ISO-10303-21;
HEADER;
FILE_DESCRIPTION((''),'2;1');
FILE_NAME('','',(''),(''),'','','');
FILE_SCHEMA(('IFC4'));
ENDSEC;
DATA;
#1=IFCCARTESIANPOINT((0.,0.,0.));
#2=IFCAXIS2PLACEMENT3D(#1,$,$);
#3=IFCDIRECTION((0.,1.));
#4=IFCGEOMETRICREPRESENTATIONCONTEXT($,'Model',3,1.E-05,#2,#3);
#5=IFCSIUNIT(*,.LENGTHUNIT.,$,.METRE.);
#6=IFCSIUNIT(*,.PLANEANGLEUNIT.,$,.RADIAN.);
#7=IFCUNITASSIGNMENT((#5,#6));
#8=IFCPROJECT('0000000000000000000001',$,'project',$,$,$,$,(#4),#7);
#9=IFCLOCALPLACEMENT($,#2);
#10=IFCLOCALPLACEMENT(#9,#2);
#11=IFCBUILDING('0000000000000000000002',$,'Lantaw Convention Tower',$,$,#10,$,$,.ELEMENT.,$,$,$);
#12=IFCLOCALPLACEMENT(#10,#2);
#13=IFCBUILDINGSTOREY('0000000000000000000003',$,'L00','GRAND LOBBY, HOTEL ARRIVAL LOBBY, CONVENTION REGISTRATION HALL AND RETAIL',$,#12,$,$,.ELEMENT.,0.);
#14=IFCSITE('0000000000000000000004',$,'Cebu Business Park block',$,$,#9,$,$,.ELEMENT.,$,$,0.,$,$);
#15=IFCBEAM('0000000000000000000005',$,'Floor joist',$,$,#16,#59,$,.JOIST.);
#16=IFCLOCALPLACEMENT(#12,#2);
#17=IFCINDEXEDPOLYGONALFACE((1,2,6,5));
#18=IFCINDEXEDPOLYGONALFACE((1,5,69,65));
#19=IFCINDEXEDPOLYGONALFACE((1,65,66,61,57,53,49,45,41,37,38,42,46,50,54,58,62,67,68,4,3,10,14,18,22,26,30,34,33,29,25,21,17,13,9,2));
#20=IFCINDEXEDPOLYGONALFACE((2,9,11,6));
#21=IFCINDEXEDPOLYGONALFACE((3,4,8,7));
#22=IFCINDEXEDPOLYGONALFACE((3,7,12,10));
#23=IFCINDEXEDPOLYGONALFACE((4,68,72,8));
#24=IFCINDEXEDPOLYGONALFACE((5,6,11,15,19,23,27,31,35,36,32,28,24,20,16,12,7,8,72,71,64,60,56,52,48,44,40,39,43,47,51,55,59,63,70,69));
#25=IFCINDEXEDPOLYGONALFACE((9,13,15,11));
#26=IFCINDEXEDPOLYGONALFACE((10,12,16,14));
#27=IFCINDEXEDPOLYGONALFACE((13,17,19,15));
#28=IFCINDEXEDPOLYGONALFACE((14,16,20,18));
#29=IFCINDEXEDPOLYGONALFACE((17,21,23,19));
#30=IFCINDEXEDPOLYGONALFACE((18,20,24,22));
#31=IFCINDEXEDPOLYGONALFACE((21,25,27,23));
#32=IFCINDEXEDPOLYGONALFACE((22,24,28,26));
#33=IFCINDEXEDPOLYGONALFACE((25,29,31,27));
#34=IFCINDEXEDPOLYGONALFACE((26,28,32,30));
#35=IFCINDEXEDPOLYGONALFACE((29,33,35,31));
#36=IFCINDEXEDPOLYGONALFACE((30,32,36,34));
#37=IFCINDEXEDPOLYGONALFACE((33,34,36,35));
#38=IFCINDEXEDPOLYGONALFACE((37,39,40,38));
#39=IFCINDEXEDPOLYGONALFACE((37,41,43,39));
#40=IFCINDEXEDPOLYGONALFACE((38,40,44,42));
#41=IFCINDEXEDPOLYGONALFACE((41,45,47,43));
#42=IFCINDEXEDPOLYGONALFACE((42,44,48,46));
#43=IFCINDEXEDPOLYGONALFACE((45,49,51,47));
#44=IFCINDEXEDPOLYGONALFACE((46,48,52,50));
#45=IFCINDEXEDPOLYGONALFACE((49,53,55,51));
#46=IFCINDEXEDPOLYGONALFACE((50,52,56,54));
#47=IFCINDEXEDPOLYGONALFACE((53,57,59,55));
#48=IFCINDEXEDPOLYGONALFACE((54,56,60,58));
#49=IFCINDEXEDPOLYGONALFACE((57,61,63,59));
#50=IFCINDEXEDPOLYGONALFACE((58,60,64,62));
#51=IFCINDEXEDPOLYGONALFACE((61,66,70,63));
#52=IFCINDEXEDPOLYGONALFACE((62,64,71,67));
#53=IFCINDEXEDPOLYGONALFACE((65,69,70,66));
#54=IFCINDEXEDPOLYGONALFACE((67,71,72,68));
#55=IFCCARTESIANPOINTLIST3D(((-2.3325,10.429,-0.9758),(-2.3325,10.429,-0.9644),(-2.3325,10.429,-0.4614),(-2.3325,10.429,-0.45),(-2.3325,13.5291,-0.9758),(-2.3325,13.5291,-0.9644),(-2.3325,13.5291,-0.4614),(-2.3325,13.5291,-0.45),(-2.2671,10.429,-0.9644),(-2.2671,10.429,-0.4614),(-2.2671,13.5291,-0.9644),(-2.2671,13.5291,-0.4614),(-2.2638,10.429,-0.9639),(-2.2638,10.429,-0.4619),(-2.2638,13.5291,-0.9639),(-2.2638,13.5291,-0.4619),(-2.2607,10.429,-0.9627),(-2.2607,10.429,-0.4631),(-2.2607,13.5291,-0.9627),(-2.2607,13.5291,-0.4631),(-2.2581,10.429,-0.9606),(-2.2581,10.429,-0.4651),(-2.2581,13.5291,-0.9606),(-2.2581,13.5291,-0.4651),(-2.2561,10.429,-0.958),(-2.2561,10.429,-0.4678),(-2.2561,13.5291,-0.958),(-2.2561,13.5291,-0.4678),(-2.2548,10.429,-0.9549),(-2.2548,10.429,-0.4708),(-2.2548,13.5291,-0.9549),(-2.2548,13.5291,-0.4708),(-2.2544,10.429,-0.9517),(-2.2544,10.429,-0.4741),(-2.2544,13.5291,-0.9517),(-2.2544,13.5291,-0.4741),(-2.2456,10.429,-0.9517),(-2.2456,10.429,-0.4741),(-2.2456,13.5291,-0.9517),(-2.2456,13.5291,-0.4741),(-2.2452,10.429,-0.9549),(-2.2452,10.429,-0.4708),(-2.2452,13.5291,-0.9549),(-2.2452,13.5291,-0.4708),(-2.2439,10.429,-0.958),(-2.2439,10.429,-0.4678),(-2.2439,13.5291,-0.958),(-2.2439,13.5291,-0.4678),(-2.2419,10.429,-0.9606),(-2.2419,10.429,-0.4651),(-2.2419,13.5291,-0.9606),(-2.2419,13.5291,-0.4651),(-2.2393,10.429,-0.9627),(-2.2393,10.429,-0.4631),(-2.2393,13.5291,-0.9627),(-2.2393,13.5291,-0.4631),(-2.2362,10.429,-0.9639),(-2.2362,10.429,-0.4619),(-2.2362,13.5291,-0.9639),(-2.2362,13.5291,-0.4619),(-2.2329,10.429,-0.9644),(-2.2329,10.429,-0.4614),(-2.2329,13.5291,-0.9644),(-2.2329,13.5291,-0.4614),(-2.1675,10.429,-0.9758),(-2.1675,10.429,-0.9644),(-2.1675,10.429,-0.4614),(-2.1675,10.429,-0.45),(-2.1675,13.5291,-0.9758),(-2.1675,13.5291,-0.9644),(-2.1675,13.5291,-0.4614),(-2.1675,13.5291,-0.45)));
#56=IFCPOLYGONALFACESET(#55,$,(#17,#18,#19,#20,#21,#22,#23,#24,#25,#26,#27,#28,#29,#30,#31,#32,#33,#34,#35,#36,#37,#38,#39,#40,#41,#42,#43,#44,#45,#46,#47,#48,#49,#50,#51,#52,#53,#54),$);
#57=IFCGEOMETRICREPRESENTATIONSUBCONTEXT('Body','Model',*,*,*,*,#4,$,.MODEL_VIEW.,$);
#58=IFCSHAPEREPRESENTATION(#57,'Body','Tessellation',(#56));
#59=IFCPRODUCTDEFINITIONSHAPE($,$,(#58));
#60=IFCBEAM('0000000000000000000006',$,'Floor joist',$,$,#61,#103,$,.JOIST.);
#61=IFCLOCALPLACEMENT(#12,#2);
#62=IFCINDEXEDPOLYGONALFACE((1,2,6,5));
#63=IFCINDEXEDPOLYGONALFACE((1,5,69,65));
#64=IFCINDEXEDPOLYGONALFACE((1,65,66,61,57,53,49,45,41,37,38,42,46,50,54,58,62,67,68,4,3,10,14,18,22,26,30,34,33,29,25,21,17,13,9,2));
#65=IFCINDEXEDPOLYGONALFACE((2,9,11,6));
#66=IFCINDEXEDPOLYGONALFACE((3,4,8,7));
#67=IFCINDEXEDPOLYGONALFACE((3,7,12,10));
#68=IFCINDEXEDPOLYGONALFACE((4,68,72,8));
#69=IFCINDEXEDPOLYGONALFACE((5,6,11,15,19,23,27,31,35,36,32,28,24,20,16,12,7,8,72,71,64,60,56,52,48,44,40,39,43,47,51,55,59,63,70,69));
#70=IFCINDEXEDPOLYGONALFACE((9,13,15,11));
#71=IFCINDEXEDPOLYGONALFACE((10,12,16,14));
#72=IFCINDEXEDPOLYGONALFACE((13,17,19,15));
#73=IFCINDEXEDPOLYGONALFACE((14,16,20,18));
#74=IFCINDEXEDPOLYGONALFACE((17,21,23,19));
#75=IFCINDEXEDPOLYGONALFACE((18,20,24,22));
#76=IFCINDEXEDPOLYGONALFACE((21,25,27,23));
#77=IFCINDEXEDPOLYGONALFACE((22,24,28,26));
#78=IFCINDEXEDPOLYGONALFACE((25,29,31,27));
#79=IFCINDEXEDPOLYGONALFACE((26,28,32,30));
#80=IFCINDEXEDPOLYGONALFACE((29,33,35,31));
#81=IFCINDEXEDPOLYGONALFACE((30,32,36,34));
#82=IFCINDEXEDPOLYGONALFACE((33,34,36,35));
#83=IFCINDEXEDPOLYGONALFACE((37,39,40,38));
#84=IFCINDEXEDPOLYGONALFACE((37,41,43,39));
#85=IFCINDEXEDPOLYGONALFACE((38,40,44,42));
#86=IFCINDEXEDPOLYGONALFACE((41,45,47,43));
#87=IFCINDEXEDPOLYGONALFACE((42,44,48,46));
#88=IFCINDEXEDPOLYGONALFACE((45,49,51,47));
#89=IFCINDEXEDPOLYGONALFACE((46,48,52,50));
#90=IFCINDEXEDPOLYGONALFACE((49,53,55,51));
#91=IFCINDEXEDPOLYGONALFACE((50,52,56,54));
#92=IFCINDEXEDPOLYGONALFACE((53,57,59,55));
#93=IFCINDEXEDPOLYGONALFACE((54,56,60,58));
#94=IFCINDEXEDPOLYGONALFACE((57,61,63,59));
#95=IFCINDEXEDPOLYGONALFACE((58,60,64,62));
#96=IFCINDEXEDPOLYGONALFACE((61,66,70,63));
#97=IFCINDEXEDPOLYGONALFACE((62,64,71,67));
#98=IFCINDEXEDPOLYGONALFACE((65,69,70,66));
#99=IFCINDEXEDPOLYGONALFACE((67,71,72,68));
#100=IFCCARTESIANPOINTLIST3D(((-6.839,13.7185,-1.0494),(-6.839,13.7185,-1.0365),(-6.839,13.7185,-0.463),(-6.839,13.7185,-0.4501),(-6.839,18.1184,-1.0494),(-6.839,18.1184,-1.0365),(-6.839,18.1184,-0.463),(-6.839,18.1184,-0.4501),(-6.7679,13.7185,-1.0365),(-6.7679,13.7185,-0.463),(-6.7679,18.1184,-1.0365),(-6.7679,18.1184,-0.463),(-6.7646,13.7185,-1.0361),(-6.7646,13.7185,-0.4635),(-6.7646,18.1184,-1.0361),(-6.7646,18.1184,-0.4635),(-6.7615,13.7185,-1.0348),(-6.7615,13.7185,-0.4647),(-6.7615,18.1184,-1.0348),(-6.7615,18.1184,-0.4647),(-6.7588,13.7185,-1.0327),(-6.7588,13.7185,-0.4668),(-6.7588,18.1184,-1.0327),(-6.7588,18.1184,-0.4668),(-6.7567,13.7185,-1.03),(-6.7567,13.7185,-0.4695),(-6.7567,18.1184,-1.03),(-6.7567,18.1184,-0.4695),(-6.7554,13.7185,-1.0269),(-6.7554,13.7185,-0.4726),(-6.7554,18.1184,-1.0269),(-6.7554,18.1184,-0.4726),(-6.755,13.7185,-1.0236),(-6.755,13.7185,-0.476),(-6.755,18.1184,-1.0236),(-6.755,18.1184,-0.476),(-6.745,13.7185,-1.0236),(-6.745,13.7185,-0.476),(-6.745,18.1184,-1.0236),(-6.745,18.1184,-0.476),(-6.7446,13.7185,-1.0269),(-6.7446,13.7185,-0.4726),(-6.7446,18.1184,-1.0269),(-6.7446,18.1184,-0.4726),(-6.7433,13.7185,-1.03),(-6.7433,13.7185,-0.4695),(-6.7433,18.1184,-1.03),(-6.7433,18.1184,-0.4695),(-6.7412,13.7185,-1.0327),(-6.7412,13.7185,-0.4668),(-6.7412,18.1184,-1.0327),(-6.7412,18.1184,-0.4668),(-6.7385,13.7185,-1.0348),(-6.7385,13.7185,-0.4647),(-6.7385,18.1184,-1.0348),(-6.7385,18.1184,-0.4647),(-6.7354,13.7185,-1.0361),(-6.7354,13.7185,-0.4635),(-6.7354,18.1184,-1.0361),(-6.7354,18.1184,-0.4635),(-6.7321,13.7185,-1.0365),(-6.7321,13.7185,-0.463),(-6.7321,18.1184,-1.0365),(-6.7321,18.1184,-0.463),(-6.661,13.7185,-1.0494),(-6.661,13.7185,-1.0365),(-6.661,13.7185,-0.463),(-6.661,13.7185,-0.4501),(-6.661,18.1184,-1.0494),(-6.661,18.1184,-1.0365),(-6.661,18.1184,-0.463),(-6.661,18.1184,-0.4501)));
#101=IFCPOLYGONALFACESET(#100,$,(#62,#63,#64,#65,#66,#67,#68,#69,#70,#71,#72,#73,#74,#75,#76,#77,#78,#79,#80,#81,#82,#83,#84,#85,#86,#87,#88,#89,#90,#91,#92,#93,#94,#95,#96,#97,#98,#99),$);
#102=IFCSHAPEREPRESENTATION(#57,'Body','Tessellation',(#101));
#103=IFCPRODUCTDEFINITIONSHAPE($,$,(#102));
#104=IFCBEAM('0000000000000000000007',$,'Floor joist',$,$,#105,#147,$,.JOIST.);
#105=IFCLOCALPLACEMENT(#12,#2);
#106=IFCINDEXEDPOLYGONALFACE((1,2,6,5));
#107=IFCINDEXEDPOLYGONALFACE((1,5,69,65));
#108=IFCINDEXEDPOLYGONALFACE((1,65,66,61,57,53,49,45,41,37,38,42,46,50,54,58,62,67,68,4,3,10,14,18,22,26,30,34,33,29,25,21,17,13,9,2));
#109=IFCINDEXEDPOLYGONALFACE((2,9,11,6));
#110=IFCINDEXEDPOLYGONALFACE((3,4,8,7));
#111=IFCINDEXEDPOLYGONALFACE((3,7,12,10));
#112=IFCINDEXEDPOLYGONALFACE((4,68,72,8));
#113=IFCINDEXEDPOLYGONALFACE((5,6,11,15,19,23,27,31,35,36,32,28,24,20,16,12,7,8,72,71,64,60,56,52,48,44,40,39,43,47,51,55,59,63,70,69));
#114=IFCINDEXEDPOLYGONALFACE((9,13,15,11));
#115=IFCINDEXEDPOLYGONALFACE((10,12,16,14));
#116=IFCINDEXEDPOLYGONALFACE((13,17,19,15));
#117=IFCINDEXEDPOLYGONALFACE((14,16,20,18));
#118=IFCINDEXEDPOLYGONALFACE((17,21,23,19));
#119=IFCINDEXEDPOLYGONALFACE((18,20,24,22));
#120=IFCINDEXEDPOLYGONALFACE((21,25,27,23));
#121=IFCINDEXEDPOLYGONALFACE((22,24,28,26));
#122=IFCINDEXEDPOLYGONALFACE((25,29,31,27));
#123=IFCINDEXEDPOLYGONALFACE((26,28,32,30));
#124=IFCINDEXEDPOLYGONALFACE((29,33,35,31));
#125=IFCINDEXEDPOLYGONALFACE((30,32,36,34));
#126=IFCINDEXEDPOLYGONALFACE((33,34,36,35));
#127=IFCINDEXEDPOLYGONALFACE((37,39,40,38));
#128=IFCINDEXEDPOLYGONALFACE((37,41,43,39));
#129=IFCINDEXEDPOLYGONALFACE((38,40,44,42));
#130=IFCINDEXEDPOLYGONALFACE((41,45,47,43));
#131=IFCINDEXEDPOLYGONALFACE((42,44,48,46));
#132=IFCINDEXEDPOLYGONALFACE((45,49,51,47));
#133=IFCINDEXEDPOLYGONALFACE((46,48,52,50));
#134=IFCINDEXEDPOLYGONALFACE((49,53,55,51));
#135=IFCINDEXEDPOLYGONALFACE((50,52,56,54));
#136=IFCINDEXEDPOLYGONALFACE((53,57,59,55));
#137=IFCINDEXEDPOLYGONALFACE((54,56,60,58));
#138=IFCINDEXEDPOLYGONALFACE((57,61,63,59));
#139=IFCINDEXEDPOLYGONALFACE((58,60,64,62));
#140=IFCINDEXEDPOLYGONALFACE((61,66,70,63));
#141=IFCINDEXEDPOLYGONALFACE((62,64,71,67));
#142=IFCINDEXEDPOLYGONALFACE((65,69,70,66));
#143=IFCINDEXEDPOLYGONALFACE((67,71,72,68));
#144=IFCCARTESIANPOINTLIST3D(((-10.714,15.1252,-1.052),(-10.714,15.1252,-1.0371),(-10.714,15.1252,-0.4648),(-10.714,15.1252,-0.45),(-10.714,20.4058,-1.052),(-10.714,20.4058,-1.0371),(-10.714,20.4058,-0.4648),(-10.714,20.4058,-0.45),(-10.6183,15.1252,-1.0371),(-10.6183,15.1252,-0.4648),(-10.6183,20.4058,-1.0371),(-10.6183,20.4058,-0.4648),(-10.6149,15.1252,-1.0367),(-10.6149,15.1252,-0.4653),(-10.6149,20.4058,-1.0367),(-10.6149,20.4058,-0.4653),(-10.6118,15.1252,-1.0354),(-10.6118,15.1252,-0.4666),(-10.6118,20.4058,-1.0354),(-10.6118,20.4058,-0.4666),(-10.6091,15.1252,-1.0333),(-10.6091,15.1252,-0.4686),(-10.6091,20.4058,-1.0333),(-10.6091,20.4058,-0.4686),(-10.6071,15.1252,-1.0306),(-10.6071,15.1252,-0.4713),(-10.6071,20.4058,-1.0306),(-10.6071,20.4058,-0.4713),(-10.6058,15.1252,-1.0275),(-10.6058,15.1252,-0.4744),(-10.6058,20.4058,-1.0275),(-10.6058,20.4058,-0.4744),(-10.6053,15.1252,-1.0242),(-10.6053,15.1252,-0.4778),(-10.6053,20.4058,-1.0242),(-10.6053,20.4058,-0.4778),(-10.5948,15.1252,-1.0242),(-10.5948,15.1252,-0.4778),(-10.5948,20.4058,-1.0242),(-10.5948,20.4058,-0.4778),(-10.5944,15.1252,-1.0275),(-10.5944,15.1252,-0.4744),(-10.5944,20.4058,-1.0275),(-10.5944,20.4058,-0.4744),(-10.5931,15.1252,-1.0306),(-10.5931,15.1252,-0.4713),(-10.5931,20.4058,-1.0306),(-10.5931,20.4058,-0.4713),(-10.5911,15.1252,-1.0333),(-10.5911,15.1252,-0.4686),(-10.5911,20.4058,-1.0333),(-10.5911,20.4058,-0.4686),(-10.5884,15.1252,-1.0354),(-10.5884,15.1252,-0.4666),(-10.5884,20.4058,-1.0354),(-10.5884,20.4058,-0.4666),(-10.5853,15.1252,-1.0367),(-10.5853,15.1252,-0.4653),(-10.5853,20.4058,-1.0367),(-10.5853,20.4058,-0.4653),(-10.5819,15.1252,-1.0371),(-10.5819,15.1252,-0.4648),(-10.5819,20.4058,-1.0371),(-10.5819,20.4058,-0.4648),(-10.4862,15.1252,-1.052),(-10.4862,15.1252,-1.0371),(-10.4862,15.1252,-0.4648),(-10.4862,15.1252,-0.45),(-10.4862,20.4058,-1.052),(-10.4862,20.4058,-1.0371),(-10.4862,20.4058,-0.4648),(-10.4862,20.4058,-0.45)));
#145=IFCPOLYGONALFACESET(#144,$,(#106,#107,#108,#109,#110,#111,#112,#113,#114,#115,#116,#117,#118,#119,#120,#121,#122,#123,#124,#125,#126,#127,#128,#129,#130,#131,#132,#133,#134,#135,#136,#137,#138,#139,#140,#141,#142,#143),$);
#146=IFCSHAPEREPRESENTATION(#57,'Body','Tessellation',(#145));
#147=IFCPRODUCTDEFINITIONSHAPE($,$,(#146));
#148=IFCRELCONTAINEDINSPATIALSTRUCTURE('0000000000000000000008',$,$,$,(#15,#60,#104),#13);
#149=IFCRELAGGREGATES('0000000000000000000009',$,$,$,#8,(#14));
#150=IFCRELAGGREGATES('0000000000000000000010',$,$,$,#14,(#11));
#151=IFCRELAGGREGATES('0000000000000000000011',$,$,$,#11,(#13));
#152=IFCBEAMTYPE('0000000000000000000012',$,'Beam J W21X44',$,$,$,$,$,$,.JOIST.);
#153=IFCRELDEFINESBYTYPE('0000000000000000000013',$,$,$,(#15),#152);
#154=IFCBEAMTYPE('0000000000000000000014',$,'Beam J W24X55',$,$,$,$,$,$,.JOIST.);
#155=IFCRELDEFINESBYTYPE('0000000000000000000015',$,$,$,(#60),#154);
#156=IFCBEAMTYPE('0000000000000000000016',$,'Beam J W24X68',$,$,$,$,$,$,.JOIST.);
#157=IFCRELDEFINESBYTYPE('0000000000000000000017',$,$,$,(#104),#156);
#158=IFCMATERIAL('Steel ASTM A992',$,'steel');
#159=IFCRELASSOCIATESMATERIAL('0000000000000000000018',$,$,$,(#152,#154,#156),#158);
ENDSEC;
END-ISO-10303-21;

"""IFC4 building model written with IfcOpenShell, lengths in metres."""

from ifc_helpers import new_model, si_unit, direction, frame, origin, origin_2d, place, context, subcontext, project, spatial, i_section, extrude, material, material_profile, profile_set, type_object, element, save


model = new_model("IFC4")

# Units and contexts
model_context = context("Model", 3, precision=1e-05, world=origin(), true_north=direction((0.0, 1.0)))
body_context = subcontext(model_context, "Body", "Model", "MODEL_VIEW")
ifc_project = project(units=[si_unit("LENGTHUNIT", "METRE"), si_unit("PLANEANGLEUNIT", "RADIAN")], contexts=[model_context])

# Site, building, storey
site_placement = place(None, origin())
site = spatial("IfcSite", under=ifc_project, at=site_placement, Name="Cebu Business Park block", CompositionType="ELEMENT", RefElevation=0.0)
building_placement = place(site_placement, origin())
building = spatial("IfcBuilding", under=site, at=building_placement, Name="Lantaw Convention Tower", CompositionType="ELEMENT")
storey_placement = place(building_placement, origin())
storey = spatial("IfcBuildingStorey", under=building, at=storey_placement, Name="L00", Description="GRAND LOBBY, HOTEL ARRIVAL LOBBY, CONVENTION REGISTRATION HALL AND RETAIL", CompositionType="ELEMENT", Elevation=0.0)

# Beams
ifc_material_1 = material(Name="Steel ASTM A992", Category="steel")
ifc_material_profile_1 = material_profile(ifc_material_1, i_section(OverallWidth=0.165, OverallDepth=0.5259, WebThickness=0.0088, FlangeThickness=0.0115, FilletRadius=0.0127, at=origin_2d()), Name="W21X44")
ifc_profile_set_1 = profile_set([ifc_material_profile_1], Name="Steel ASTM A992")
beam_type_1 = type_object("IfcBeamType", Name="Beam J W21X44", PredefinedType="JOIST", material=ifc_profile_set_1)
beam_1_placement = place(storey_placement, frame((-2.25, 10.429, -0.7129), z_axis=(0.0, 1.0, 0.0), x_axis=(-1.0, 0.0, 0.0)))
element("IfcBeam", 1, at=beam_1_placement, inside=storey, type_object=beam_type_1, Name="Floor joist", PredefinedType="JOIST", context=body_context, shape_type="SweptSolid", body=[
    extrude(i_section(OverallWidth=0.165, OverallDepth=0.5259, WebThickness=0.0088, FlangeThickness=0.0115, FilletRadius=0.0127, at=origin_2d()), origin(), (0.0, 0.0, 1.0), 3.1001),
])
ifc_material_profile_2 = material_profile(ifc_material_1, i_section(OverallWidth=0.178, OverallDepth=0.5994, WebThickness=0.01, FlangeThickness=0.0129, FilletRadius=0.0129, at=origin_2d()), Name="W24X55")
ifc_profile_set_2 = profile_set([ifc_material_profile_2], Name="Steel ASTM A992")
beam_type_2 = type_object("IfcBeamType", Name="Beam J W24X55", PredefinedType="JOIST", material=ifc_profile_set_2)
beam_2_placement = place(storey_placement, frame((-6.75, 13.7185, -0.7498), z_axis=(0.0, 1.0, 0.0), x_axis=(-1.0, 0.0, 0.0)))
element("IfcBeam", 2, at=beam_2_placement, inside=storey, type_object=beam_type_2, Name="Floor joist", PredefinedType="JOIST", context=body_context, shape_type="SweptSolid", body=[
    extrude(i_section(OverallWidth=0.178, OverallDepth=0.5994, WebThickness=0.01, FlangeThickness=0.0129, FilletRadius=0.0129, at=origin_2d()), origin(), (0.0, 0.0, 1.0), 4.3999),
])
ifc_material_profile_3 = material_profile(ifc_material_1, i_section(OverallWidth=0.2278, OverallDepth=0.6021, WebThickness=0.0105, FlangeThickness=0.0149, FilletRadius=0.0129, at=origin_2d()), Name="W24X68")
ifc_profile_set_3 = profile_set([ifc_material_profile_3], Name="Steel ASTM A992")
beam_type_3 = type_object("IfcBeamType", Name="Beam J W24X68", PredefinedType="JOIST", material=ifc_profile_set_3)
beam_3_placement = place(storey_placement, frame((-10.6001, 15.1252, -0.751), z_axis=(0.0, 1.0, 0.0), x_axis=(-1.0, 0.0, 0.0)))
element("IfcBeam", 3, at=beam_3_placement, inside=storey, type_object=beam_type_3, Name="Floor joist", PredefinedType="JOIST", context=body_context, shape_type="SweptSolid", body=[
    extrude(i_section(OverallWidth=0.2278, OverallDepth=0.6021, WebThickness=0.0105, FlangeThickness=0.0149, FilletRadius=0.0129, at=origin_2d()), origin(), (0.0, 0.0, 1.0), 5.2805),
])

save(model, "model.ifc")
